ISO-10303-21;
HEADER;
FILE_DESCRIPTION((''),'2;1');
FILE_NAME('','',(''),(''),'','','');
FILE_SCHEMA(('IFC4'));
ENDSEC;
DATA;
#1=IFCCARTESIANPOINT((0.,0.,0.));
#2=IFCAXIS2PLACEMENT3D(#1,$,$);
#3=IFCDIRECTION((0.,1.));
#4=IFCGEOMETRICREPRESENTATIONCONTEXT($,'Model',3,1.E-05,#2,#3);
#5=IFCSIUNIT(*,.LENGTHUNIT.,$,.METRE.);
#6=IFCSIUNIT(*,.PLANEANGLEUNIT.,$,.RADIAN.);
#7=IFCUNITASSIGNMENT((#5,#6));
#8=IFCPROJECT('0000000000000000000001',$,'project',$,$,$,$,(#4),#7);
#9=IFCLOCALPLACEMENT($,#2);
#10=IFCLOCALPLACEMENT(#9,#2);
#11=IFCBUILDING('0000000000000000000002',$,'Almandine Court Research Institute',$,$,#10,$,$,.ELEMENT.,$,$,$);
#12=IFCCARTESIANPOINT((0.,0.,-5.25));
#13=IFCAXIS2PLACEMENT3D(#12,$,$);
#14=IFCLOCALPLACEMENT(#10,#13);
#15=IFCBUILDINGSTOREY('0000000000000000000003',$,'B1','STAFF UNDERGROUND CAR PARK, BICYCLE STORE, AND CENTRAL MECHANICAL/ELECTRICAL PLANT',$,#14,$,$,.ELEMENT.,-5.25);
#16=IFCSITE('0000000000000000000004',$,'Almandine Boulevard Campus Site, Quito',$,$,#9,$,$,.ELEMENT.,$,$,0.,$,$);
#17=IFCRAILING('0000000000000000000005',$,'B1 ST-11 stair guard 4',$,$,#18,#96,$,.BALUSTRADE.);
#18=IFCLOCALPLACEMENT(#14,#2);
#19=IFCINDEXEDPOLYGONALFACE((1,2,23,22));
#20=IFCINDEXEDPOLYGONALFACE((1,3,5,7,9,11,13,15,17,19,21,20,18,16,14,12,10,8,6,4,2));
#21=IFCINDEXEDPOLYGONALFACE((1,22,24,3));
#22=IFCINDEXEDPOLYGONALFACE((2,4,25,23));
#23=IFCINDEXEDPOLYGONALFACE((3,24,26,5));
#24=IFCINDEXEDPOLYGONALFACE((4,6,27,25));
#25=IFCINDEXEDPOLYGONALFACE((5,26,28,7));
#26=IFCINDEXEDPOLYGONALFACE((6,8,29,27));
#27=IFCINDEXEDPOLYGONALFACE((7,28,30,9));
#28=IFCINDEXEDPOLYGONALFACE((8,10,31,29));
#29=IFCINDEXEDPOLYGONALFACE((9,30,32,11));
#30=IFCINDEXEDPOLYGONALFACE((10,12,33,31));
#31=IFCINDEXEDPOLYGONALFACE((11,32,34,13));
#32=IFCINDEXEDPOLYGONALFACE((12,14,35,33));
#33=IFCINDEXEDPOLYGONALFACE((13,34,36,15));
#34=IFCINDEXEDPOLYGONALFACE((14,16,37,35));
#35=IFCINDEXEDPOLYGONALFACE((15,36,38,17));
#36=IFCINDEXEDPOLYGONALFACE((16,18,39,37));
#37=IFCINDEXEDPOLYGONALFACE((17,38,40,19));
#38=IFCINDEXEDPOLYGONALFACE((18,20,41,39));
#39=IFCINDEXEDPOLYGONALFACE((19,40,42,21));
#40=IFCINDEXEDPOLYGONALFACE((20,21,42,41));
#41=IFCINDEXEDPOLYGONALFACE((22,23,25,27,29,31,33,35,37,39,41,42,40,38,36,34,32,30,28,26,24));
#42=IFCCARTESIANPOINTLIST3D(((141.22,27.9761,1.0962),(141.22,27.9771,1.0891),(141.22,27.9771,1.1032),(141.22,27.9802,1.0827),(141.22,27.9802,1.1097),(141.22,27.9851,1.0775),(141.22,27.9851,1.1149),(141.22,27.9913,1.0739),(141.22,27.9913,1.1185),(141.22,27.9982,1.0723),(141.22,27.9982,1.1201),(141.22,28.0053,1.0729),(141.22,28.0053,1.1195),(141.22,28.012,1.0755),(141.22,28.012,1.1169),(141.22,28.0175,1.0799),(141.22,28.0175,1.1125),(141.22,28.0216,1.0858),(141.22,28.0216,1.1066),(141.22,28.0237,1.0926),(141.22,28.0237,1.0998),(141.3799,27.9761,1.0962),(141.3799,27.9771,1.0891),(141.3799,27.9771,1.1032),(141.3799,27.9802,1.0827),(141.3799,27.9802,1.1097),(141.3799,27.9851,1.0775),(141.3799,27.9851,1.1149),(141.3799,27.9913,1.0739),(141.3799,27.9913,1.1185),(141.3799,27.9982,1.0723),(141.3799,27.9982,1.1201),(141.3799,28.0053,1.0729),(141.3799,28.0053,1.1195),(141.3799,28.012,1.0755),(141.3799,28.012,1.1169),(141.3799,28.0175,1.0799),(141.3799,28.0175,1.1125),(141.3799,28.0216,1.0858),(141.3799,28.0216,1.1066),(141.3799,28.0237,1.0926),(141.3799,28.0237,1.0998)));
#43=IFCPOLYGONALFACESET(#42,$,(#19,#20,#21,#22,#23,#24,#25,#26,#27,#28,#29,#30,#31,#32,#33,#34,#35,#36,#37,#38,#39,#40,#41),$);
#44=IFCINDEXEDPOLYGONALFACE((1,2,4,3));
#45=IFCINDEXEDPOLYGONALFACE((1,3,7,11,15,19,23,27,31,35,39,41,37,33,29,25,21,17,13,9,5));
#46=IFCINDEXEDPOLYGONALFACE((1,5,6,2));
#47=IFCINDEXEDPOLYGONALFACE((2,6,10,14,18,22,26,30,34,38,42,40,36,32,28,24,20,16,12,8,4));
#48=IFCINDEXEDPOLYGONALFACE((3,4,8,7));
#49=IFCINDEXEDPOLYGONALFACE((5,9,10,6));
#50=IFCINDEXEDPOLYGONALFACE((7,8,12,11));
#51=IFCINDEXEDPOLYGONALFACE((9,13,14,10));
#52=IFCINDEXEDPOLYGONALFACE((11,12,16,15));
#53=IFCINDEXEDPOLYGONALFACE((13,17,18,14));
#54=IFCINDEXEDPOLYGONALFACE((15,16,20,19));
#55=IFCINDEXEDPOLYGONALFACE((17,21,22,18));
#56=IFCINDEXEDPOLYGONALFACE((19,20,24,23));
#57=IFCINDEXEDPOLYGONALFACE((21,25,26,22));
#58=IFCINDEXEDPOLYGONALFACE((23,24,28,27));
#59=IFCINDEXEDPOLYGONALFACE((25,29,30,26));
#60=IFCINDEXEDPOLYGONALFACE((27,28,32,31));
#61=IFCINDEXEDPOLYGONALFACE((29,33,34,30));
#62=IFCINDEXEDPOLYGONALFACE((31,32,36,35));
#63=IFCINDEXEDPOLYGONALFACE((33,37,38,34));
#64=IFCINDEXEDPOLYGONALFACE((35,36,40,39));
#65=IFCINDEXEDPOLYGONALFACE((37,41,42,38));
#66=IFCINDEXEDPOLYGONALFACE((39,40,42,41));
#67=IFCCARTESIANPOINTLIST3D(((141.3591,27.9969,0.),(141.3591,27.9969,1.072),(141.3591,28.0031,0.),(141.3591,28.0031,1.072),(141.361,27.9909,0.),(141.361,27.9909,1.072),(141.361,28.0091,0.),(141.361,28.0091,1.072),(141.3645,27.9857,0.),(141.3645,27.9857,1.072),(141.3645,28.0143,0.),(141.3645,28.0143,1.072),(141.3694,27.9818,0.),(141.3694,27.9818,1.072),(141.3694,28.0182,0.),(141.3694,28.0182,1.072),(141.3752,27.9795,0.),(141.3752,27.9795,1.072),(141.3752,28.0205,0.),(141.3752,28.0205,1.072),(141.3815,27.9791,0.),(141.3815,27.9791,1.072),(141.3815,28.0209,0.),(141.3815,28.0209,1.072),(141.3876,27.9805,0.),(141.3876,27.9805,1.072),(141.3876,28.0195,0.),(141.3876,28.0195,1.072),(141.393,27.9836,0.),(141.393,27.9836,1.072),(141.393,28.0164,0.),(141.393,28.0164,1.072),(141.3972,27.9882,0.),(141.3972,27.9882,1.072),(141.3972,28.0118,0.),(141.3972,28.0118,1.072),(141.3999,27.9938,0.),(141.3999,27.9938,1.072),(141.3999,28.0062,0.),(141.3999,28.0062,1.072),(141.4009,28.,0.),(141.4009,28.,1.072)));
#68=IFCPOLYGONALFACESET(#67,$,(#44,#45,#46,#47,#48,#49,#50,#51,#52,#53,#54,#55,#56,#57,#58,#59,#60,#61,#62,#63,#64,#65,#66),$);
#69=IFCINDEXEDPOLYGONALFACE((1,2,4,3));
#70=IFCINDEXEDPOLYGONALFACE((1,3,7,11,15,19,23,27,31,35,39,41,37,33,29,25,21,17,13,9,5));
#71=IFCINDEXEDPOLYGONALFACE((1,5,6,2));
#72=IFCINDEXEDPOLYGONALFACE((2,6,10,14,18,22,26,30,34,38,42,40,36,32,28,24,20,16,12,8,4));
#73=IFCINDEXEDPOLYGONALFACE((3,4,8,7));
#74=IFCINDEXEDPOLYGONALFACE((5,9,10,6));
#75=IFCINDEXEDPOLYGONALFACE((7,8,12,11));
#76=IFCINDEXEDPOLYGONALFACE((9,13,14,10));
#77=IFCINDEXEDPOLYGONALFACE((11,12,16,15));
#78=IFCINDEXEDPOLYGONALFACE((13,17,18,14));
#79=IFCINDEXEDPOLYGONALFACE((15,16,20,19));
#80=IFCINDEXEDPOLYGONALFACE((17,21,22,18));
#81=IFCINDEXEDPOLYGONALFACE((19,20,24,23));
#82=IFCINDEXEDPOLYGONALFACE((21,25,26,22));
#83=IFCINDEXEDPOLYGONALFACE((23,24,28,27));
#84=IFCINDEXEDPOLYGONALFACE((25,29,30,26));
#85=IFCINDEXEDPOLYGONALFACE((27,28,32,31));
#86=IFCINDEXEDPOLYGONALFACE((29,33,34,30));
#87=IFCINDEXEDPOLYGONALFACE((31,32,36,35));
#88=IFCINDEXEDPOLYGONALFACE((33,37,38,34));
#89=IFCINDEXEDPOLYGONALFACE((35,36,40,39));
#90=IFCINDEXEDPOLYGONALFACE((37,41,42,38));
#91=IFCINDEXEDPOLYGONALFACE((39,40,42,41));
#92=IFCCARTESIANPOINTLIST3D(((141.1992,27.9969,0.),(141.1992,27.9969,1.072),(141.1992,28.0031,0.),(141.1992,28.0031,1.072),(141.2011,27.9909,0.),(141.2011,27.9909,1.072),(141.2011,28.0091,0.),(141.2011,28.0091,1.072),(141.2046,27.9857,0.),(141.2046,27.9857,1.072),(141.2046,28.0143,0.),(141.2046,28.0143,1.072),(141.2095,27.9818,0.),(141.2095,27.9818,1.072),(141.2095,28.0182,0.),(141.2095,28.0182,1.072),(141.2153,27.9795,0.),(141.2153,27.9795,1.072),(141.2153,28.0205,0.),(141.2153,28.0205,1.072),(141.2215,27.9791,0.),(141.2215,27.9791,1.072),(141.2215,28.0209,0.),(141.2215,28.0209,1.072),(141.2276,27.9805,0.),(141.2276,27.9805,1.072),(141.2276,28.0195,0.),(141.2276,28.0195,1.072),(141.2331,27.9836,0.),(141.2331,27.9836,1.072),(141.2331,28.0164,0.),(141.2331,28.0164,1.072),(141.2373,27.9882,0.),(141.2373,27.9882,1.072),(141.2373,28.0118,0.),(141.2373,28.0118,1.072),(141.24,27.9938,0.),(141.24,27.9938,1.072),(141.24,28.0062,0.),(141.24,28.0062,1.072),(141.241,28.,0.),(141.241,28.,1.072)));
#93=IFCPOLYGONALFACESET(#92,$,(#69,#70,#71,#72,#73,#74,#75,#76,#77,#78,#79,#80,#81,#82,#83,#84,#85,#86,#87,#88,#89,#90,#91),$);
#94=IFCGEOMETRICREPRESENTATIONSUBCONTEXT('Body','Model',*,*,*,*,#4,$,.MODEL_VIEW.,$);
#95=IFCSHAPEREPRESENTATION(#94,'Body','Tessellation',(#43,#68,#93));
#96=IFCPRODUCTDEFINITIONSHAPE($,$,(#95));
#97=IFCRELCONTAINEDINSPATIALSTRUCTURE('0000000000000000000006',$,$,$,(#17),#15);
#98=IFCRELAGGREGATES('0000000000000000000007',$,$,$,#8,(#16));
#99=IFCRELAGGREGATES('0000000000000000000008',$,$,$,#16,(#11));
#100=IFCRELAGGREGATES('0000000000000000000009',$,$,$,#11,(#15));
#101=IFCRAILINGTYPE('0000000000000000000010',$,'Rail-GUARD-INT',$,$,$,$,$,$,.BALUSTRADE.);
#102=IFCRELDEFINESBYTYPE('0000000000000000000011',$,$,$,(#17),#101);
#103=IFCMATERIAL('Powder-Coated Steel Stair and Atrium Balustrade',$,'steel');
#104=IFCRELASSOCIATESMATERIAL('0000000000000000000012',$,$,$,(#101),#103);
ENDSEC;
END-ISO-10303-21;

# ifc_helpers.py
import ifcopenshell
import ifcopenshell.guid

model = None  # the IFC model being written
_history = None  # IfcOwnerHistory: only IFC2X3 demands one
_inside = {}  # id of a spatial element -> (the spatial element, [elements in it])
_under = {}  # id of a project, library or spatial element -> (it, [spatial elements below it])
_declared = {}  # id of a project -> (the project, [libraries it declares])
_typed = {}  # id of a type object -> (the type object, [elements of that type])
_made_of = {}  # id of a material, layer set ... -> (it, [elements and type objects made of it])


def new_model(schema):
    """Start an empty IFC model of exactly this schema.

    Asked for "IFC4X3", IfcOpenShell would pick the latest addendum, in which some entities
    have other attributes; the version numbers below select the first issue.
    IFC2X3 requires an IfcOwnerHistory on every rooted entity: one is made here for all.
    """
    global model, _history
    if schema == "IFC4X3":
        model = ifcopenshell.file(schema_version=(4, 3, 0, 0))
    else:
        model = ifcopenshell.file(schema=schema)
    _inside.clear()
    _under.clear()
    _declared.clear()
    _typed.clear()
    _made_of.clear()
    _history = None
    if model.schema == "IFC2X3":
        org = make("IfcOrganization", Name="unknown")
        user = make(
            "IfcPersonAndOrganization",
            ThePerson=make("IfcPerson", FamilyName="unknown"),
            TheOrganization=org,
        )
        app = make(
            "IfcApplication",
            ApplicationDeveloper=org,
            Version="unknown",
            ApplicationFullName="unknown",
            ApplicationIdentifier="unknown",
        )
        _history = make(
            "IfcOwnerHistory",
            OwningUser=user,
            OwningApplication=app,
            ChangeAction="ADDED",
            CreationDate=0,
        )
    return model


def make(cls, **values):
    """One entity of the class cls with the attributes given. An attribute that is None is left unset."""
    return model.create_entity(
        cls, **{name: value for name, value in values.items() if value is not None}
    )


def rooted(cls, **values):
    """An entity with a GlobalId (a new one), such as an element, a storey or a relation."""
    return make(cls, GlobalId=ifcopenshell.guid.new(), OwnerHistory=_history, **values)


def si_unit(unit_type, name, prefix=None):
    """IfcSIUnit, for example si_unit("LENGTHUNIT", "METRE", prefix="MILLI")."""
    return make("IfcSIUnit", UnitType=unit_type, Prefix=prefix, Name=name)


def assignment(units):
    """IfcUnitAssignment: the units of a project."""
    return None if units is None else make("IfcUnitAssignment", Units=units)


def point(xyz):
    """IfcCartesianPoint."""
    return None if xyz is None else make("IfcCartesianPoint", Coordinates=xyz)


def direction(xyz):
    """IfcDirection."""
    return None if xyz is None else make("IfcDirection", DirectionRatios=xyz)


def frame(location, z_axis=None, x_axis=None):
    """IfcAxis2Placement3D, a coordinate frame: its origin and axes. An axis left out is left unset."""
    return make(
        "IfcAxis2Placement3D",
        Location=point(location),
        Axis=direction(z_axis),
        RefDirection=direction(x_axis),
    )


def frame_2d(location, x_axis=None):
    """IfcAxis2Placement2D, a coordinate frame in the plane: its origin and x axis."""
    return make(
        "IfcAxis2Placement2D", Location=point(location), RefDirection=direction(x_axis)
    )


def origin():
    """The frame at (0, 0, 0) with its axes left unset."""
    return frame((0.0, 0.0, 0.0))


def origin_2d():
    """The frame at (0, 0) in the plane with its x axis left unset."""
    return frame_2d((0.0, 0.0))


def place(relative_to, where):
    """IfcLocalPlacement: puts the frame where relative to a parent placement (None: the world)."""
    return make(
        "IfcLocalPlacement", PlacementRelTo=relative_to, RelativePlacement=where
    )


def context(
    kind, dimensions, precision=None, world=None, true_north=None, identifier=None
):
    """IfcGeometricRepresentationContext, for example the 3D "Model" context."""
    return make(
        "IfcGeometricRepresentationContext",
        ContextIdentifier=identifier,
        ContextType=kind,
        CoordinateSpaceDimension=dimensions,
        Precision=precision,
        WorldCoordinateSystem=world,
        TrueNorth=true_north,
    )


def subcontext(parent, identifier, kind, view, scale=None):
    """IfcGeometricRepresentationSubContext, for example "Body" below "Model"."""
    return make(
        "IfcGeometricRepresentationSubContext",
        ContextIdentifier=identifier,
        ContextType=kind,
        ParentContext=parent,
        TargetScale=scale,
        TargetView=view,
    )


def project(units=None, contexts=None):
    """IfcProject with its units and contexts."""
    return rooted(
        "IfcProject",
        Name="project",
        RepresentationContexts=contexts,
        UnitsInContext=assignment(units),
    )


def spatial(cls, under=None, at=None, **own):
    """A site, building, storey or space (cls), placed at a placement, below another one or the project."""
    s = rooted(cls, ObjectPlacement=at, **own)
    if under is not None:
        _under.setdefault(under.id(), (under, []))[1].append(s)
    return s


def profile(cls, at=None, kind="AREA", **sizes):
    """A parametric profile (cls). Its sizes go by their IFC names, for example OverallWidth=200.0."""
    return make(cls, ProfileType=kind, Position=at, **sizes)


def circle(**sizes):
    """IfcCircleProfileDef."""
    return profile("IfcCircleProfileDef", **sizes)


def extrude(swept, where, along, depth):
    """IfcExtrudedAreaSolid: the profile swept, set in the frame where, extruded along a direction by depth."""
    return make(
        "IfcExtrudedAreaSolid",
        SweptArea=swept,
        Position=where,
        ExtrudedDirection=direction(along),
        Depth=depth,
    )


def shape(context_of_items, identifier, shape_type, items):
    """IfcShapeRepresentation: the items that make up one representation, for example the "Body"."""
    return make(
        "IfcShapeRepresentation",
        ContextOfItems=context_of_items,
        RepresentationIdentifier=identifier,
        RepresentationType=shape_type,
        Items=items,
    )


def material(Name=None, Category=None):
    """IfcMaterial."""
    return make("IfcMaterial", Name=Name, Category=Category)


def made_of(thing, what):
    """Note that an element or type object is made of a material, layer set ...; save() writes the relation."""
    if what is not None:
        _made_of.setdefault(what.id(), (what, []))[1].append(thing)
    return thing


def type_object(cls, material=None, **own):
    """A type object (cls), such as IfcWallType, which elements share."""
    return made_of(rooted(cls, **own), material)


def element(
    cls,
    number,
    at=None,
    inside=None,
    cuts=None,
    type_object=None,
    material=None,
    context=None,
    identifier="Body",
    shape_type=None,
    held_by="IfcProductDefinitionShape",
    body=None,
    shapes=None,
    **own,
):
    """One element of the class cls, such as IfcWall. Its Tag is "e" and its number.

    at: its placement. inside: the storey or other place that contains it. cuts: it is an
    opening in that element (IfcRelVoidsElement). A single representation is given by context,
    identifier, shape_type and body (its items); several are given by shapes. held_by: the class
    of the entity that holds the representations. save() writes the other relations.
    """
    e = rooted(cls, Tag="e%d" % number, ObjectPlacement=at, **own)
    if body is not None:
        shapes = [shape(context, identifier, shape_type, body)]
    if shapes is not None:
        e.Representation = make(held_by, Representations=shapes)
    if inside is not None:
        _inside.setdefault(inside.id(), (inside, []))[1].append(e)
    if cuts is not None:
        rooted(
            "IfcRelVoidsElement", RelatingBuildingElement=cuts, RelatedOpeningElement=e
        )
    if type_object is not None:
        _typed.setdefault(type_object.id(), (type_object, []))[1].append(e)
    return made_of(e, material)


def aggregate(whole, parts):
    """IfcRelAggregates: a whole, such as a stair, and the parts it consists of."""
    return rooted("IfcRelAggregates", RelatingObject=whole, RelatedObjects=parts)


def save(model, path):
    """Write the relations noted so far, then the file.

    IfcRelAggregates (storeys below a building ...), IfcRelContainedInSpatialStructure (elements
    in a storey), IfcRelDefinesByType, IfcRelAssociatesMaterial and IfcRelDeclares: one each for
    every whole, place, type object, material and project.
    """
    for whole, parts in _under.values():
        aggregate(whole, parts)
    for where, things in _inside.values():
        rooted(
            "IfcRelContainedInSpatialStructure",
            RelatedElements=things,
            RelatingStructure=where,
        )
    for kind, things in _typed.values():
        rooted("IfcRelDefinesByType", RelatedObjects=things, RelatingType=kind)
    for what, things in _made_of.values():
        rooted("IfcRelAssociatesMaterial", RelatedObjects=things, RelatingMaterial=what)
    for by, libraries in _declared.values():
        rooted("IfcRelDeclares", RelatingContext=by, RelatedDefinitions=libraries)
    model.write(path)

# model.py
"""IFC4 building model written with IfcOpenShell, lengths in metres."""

from ifc_helpers import new_model, si_unit, direction, frame, origin, origin_2d, place, context, subcontext, project, spatial, circle, extrude, material, type_object, element, save


model = new_model("IFC4")

# Units and contexts
model_context = context("Model", 3, precision=1e-05, world=origin(), true_north=direction((0.0, 1.0)))
body_context = subcontext(model_context, "Body", "Model", "MODEL_VIEW")
ifc_project = project(units=[si_unit("LENGTHUNIT", "METRE"), si_unit("PLANEANGLEUNIT", "RADIAN")], contexts=[model_context])

# Site, building, storey
site_placement = place(None, origin())
site = spatial("IfcSite", under=ifc_project, at=site_placement, Name="Almandine Boulevard Campus Site, Quito", CompositionType="ELEMENT", RefElevation=0.0)
building_placement = place(site_placement, origin())
building = spatial("IfcBuilding", under=site, at=building_placement, Name="Almandine Court Research Institute", CompositionType="ELEMENT")
storey_placement = place(building_placement, frame((0.0, 0.0, -5.25)))
storey = spatial("IfcBuildingStorey", under=building, at=storey_placement, Name="B1", Description="STAFF UNDERGROUND CAR PARK, BICYCLE STORE, AND CENTRAL MECHANICAL/ELECTRICAL PLANT", CompositionType="ELEMENT", Elevation=-5.25)

# Railing
ifc_material_1 = material(Name="Powder-Coated Steel Stair and Atrium Balustrade", Category="steel")
railing_type_1 = type_object("IfcRailingType", Name="Rail-GUARD-INT", PredefinedType="BALUSTRADE", material=ifc_material_1)
railing_1_placement = place(storey_placement, frame((141.3799, 28.0, 0.0)))
element("IfcRailing", 1, at=railing_1_placement, inside=storey, type_object=railing_type_1, Name="B1 ST-11 stair guard 4", PredefinedType="BALUSTRADE", context=body_context, shape_type="SweptSolid", body=[
    extrude(circle(Radius=0.0239, at=origin_2d()), frame((0.0, 0.0, 1.0962), z_axis=(-1.0, 0.0, 0.0), x_axis=(0.0, -1.0, 0.0)), (0.0, 0.0, 1.0), 0.1599),
    extrude(circle(Radius=0.021, at=origin_2d()), origin(), (0.0, 0.0, 1.0), 1.072),
    extrude(circle(Radius=0.021, at=origin_2d()), frame((-0.1599, 0.0, 0.0)), (0.0, 0.0, 1.0), 1.072),
])

save(model, "model.ifc")
